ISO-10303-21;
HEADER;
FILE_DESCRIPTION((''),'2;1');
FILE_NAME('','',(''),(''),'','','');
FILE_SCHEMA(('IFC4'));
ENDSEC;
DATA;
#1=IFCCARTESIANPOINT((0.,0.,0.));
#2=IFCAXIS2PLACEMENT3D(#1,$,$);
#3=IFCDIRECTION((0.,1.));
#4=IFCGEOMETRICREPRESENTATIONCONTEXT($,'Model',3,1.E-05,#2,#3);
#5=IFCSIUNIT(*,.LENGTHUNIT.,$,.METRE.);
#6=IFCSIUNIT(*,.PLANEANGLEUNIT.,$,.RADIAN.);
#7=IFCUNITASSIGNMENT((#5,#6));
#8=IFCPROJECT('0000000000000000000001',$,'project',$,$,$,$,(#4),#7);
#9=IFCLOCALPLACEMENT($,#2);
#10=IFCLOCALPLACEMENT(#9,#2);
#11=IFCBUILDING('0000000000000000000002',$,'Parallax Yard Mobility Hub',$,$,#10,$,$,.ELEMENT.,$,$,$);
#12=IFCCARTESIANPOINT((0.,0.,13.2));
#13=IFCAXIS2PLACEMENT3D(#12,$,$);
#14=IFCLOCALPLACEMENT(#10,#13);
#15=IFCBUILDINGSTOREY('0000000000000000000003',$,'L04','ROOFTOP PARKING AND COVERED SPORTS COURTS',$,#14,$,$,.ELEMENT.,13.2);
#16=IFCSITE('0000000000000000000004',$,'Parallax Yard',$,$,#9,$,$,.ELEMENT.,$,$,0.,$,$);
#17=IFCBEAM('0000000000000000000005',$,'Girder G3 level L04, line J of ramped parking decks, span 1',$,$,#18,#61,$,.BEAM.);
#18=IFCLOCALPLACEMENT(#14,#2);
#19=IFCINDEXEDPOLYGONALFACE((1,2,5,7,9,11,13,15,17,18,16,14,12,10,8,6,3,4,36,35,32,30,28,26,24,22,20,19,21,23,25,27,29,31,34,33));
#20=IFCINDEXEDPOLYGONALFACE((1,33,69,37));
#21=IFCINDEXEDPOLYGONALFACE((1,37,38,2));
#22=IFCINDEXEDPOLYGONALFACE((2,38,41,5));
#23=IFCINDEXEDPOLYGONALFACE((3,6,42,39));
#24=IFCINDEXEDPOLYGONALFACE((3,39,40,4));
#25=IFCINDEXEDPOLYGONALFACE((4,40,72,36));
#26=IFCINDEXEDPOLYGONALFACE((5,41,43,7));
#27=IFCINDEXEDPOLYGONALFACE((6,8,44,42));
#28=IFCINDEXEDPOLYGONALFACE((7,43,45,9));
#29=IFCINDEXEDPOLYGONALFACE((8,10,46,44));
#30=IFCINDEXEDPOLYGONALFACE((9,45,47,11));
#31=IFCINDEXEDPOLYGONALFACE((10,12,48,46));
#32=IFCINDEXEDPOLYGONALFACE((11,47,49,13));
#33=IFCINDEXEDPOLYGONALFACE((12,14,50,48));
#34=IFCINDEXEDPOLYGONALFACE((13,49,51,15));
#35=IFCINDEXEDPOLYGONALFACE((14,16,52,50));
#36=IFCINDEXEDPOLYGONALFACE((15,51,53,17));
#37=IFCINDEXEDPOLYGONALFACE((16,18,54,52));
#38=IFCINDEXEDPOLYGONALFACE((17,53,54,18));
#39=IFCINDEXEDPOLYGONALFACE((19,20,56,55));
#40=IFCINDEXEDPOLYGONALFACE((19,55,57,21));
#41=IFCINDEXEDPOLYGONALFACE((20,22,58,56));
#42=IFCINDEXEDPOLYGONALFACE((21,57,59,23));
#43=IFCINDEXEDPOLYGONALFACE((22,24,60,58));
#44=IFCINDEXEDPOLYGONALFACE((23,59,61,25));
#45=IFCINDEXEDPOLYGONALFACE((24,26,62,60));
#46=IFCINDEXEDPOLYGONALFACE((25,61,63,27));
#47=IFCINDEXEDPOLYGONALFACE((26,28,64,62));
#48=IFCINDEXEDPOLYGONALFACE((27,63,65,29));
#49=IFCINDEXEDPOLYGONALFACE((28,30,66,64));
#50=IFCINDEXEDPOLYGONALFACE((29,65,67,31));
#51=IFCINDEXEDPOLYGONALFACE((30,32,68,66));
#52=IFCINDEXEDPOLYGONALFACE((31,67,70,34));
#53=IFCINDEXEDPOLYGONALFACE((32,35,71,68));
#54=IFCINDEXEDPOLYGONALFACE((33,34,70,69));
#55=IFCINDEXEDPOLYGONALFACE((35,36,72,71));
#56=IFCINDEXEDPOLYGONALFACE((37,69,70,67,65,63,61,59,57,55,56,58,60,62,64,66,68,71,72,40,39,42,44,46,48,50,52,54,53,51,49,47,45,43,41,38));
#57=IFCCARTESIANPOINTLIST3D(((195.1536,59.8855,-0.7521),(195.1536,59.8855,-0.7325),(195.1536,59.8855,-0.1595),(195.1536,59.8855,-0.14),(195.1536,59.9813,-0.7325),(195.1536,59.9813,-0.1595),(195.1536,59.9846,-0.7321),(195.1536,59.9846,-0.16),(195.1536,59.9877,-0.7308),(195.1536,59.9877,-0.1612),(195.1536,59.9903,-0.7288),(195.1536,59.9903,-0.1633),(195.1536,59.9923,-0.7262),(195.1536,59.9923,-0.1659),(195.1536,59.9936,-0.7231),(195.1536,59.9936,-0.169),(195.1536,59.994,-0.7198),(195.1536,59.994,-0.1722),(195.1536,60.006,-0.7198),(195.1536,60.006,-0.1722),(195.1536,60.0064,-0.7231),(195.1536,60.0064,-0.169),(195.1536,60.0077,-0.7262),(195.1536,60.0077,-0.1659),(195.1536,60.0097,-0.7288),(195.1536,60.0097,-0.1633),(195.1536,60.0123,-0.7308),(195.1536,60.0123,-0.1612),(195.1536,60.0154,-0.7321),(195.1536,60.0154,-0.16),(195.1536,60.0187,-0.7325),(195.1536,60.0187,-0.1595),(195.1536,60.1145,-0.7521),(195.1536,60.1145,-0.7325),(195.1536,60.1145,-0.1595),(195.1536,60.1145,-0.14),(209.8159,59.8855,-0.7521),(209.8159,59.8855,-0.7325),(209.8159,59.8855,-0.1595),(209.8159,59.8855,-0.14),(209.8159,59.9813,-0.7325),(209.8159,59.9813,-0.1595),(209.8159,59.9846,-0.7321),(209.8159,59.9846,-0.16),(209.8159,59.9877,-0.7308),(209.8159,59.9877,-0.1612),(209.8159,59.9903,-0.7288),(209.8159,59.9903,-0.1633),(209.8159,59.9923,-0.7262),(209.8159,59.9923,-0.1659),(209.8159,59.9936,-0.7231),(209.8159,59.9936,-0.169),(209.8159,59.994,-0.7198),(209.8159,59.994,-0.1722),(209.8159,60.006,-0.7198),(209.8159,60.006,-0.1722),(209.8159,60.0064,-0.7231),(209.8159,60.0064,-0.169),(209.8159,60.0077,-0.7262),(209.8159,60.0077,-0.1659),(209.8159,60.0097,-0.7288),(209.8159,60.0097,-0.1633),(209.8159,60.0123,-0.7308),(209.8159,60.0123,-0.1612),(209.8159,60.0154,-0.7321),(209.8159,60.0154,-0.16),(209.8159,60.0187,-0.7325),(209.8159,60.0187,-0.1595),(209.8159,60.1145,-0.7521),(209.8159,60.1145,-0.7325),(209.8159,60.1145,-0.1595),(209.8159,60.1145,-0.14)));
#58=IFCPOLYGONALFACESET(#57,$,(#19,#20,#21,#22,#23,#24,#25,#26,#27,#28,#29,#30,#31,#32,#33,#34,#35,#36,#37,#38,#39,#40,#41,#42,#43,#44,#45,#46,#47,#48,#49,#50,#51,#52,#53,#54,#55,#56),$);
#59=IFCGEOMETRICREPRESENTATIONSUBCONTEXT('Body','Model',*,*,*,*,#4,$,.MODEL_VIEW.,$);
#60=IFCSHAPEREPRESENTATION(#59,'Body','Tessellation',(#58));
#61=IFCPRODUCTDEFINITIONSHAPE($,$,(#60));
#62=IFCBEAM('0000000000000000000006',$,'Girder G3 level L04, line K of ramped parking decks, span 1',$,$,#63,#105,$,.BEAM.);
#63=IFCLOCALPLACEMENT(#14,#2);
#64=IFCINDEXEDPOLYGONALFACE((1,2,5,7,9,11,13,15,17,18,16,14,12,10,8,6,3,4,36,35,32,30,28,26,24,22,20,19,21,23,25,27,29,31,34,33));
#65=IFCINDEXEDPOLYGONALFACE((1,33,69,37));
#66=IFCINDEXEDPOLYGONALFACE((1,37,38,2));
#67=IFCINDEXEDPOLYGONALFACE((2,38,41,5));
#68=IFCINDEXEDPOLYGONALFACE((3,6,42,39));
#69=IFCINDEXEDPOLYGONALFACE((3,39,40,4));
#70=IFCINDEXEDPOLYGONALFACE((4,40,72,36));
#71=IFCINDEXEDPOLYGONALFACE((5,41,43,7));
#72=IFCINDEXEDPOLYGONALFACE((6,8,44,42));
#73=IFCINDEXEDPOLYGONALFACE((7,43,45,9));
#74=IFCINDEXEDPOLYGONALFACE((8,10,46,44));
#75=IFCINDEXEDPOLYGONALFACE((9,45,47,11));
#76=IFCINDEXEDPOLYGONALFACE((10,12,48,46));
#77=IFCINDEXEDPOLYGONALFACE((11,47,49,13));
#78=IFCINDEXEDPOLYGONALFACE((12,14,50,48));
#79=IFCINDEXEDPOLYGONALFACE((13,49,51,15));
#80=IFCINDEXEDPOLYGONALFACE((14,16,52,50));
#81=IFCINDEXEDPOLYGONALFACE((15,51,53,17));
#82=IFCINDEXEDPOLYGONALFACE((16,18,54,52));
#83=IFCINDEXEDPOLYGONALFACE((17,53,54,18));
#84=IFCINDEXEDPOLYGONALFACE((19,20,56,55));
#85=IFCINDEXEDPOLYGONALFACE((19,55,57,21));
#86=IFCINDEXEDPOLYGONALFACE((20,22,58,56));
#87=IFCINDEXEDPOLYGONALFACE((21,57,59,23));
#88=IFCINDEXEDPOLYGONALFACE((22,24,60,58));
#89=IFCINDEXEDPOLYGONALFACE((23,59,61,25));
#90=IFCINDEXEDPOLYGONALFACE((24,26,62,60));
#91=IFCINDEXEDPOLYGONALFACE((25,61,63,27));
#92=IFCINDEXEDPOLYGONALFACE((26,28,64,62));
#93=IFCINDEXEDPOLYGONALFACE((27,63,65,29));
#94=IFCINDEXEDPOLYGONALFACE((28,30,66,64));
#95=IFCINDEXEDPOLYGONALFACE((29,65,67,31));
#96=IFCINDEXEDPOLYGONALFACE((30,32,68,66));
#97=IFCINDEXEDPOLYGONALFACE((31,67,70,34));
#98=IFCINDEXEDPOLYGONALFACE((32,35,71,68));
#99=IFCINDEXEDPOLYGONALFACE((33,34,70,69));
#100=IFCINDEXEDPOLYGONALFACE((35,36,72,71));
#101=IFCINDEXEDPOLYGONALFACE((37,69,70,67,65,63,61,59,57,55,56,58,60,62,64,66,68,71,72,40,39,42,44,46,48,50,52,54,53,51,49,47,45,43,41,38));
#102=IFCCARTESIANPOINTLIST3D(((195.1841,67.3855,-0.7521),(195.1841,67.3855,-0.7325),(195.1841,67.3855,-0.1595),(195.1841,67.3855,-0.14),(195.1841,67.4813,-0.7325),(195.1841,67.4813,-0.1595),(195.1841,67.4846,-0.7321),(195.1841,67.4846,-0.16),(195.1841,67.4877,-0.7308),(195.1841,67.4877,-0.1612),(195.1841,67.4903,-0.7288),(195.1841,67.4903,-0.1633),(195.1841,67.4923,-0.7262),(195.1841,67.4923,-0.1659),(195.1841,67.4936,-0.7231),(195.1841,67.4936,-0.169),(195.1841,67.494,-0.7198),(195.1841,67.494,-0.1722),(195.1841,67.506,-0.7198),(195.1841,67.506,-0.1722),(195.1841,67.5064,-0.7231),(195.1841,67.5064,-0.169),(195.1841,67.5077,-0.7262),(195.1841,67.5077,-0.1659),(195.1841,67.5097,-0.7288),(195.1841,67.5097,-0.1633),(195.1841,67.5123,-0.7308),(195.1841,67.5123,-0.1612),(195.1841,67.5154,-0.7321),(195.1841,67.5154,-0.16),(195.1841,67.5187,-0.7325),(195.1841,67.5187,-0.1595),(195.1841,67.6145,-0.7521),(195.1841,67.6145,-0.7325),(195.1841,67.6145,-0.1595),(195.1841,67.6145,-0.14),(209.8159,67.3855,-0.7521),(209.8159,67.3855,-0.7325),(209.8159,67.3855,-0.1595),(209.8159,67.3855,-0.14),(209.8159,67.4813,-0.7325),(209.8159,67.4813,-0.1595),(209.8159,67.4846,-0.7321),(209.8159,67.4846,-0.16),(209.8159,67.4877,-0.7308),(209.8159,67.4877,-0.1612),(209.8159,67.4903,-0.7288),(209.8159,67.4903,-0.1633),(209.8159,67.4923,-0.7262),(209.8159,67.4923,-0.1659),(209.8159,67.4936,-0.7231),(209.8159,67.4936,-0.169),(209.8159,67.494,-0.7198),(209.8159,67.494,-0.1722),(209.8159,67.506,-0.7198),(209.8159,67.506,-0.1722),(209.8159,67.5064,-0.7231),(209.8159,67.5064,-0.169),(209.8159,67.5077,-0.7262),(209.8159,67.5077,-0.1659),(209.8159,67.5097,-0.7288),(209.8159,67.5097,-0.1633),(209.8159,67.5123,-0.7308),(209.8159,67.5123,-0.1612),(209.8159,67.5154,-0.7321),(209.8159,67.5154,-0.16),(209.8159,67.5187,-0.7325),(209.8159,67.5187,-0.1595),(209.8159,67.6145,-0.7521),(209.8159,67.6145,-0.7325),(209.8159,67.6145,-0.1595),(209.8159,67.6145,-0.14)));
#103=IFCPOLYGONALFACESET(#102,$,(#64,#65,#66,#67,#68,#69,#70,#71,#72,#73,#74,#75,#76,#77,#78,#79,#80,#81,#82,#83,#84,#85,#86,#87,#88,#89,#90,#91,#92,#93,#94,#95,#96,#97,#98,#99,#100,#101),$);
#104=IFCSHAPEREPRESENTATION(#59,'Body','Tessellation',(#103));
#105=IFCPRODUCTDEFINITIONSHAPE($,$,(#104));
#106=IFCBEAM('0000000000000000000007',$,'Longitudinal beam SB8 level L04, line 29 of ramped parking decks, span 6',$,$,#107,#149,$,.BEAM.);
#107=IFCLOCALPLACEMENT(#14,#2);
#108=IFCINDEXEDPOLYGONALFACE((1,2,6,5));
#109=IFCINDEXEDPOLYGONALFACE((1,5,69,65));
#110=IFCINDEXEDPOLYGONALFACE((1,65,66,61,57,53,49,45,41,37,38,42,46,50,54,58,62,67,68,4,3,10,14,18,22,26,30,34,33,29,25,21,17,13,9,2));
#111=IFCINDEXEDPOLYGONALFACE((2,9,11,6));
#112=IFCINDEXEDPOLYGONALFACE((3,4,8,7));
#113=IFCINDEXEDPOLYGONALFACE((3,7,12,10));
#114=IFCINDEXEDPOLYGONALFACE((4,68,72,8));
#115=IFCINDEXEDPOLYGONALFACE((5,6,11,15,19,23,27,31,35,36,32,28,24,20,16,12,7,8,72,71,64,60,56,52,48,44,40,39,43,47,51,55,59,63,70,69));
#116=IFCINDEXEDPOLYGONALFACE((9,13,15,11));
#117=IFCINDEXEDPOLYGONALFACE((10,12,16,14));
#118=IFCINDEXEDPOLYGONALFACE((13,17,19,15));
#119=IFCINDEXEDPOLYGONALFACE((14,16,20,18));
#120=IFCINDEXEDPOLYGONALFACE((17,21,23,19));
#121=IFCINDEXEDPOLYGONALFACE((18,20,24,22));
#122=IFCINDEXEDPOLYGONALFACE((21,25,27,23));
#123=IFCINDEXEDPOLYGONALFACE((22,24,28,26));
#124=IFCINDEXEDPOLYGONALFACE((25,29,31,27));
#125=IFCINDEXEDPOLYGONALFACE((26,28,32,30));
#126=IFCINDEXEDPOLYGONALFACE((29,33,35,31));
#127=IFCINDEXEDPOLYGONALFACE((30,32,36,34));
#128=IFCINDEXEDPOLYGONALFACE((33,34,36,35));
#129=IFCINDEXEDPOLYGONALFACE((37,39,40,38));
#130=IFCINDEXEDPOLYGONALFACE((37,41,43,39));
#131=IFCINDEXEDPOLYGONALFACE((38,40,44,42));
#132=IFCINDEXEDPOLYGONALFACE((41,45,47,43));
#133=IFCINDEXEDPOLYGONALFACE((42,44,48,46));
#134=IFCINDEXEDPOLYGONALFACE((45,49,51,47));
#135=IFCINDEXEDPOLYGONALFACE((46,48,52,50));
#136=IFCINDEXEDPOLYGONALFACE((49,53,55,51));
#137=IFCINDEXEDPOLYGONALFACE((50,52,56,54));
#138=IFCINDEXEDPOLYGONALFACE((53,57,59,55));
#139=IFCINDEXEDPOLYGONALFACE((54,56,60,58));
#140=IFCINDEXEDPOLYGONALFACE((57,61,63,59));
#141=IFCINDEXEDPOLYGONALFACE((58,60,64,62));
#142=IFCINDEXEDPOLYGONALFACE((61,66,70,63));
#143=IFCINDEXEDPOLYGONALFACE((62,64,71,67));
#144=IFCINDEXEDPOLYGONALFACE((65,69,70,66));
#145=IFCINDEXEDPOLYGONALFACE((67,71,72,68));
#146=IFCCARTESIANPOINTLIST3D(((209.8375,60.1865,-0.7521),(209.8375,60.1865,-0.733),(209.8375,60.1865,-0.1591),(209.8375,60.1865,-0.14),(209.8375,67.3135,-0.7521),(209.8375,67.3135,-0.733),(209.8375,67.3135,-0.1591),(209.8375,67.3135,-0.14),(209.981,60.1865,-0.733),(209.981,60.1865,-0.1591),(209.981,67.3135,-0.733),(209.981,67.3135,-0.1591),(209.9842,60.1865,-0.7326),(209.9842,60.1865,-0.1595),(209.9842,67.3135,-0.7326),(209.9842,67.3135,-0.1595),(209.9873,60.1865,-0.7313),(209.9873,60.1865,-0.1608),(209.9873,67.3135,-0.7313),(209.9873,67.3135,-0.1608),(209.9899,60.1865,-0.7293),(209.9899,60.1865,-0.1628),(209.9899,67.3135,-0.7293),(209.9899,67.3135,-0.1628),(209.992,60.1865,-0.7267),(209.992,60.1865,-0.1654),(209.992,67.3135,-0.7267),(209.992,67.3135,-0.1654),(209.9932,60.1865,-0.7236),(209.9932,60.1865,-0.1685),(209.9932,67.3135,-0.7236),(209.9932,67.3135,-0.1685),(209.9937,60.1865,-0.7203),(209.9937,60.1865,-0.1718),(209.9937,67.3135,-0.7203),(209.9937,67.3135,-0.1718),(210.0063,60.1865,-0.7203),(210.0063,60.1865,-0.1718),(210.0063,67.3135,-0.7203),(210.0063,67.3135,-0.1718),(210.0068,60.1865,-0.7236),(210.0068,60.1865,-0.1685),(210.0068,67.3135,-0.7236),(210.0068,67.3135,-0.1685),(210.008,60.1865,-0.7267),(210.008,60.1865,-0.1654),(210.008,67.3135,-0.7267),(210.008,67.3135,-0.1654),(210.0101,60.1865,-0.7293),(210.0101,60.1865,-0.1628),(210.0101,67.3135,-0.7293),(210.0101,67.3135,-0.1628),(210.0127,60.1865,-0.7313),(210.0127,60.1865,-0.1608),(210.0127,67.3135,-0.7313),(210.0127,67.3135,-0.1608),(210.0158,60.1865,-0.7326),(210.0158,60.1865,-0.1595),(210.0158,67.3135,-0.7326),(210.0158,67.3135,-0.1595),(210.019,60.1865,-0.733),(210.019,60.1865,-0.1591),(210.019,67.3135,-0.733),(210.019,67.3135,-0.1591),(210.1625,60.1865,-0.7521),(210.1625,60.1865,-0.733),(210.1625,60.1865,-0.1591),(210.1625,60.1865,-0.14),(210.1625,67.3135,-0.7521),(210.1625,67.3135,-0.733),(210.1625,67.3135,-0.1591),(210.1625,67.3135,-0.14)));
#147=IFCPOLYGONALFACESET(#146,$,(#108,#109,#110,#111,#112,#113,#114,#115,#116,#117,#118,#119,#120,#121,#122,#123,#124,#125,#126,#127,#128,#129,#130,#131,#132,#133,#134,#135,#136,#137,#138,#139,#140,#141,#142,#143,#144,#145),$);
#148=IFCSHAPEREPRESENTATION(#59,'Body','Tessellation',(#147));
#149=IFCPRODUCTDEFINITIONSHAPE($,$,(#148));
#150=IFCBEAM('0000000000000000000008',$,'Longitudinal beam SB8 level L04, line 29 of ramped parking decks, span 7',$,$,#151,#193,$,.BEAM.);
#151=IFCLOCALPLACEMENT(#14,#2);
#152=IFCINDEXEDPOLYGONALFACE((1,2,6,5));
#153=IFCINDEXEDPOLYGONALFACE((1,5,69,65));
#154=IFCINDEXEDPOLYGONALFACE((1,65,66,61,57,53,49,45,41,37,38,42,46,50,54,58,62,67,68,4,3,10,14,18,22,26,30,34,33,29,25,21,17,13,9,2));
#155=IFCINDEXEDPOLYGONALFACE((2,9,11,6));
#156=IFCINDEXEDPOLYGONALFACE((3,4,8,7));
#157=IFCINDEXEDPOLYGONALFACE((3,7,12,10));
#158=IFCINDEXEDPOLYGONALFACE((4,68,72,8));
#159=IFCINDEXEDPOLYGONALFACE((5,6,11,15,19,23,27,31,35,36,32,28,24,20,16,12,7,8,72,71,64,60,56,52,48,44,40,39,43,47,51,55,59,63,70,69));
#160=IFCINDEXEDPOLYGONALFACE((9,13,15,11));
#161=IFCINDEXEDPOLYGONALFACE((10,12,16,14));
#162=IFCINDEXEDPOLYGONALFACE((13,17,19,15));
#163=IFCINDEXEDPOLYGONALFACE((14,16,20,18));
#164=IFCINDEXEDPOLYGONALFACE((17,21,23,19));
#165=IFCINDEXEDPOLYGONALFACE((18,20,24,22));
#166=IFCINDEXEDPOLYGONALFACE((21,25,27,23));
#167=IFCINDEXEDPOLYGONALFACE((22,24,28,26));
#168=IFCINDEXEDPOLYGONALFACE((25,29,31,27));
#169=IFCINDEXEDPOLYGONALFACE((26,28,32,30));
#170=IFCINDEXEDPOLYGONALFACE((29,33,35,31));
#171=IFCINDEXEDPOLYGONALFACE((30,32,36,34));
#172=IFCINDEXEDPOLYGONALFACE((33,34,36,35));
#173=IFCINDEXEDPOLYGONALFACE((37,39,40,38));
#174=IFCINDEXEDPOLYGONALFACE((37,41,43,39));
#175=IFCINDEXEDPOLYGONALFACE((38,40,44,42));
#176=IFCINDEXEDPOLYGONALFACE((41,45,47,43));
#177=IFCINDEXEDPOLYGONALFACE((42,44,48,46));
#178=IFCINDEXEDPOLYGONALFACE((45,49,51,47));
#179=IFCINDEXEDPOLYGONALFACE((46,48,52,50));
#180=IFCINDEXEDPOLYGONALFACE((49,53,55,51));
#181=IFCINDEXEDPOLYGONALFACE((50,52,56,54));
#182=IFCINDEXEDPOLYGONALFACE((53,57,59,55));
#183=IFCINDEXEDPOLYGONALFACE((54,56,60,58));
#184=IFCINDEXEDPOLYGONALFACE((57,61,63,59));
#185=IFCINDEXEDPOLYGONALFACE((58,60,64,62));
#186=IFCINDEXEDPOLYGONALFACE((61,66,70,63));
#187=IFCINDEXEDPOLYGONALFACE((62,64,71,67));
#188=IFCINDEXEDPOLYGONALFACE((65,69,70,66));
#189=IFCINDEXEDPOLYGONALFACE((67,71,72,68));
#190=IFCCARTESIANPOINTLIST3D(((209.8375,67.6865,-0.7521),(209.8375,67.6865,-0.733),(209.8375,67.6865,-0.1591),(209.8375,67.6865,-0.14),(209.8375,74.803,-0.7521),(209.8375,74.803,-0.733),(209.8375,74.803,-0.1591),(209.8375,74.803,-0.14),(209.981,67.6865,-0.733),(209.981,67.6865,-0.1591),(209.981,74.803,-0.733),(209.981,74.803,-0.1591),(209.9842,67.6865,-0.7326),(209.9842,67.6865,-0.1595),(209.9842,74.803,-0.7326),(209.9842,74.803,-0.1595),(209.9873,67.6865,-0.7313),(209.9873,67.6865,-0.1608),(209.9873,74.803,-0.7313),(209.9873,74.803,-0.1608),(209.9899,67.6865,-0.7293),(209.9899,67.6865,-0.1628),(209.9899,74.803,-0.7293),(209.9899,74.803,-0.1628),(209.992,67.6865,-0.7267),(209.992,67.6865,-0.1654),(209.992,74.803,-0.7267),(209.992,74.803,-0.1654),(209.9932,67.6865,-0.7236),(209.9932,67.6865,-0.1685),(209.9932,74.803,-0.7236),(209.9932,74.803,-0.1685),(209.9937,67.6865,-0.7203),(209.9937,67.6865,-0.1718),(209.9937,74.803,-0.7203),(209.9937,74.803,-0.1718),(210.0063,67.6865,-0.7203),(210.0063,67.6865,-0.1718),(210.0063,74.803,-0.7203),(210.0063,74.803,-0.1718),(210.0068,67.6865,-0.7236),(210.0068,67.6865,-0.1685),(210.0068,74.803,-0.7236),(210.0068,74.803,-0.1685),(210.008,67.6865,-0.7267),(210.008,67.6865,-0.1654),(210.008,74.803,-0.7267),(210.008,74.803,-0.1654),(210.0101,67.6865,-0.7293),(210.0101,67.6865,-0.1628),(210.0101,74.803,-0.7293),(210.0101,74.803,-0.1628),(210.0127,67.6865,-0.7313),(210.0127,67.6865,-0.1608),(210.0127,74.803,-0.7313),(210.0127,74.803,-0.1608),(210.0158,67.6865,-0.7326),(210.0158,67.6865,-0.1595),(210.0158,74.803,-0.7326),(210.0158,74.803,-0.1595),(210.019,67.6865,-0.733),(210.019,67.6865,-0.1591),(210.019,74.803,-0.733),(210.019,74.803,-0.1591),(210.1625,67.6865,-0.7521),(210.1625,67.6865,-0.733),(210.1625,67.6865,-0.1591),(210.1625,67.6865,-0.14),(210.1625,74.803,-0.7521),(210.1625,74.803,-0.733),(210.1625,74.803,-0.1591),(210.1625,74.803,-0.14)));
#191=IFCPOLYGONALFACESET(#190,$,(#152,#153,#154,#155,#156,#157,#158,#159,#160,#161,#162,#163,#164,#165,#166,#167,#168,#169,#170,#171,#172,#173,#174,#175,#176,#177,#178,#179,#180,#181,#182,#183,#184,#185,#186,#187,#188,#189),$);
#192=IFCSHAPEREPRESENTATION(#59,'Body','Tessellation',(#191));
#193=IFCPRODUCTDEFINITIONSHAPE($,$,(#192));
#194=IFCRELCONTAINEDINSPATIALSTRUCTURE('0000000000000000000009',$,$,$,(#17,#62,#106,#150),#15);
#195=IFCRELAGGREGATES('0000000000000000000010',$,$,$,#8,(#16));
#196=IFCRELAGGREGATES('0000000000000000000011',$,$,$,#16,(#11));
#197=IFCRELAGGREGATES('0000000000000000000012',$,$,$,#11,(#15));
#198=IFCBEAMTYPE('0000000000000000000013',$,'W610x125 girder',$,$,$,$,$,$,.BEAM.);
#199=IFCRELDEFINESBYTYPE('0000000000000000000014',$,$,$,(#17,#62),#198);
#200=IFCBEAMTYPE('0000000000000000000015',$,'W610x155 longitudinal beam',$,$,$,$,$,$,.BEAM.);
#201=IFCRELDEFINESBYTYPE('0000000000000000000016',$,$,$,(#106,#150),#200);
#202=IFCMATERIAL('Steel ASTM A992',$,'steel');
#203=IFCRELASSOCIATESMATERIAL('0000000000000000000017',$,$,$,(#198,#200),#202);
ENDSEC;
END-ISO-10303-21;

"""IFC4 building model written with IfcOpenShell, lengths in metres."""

from ifc_helpers import new_model, si_unit, direction, frame, origin, origin_2d, place, context, subcontext, project, spatial, i_section, extrude, material, material_profile, profile_set, type_object, element, save


model = new_model("IFC4")

# Units and contexts
model_context = context("Model", 3, precision=1e-05, world=origin(), true_north=direction((0.0, 1.0)))
body_context = subcontext(model_context, "Body", "Model", "MODEL_VIEW")
ifc_project = project(units=[si_unit("LENGTHUNIT", "METRE"), si_unit("PLANEANGLEUNIT", "RADIAN")], contexts=[model_context])

# Site, building, storey
site_placement = place(None, origin())
site = spatial("IfcSite", under=ifc_project, at=site_placement, Name="Parallax Yard", CompositionType="ELEMENT", RefElevation=0.0)
building_placement = place(site_placement, origin())
building = spatial("IfcBuilding", under=site, at=building_placement, Name="Parallax Yard Mobility Hub", CompositionType="ELEMENT")
storey_placement = place(building_placement, frame((0.0, 0.0, 13.2)))
storey = spatial("IfcBuildingStorey", under=building, at=storey_placement, Name="L04", Description="ROOFTOP PARKING AND COVERED SPORTS COURTS", CompositionType="ELEMENT", Elevation=13.2)

# Shared definitions
ifc_material_1 = material(Name="Steel ASTM A992", Category="steel")

# Beams
ifc_material_profile_1 = material_profile(ifc_material_1, i_section(OverallWidth=0.229, OverallDepth=0.6121, WebThickness=0.012, FlangeThickness=0.0195, FilletRadius=0.0127, at=origin_2d()), Name="W610x125")
ifc_profile_set_1 = profile_set([ifc_material_profile_1], Name="Steel ASTM A992")
beam_type_1 = type_object("IfcBeamType", Name="W610x125 girder", PredefinedType="BEAM", material=ifc_profile_set_1)
beam_1_placement = place(storey_placement, frame((195.1536, 60.0, -0.446), z_axis=(1.0, 0.0, 0.0), x_axis=(0.0, 1.0, 0.0)))
element("IfcBeam", 1, at=beam_1_placement, inside=storey, type_object=beam_type_1, Name="Girder G3 level L04, line J of ramped parking decks, span 1", PredefinedType="BEAM", context=body_context, shape_type="SweptSolid", body=[
    extrude(i_section(OverallWidth=0.229, OverallDepth=0.6121, WebThickness=0.012, FlangeThickness=0.0195, FilletRadius=0.0127, at=origin_2d()), origin(), (0.0, 0.0, 1.0), 14.6624),
])
beam_2_placement = place(storey_placement, frame((195.1841, 67.5, -0.446), z_axis=(1.0, 0.0, 0.0), x_axis=(0.0, 1.0, 0.0)))
element("IfcBeam", 2, at=beam_2_placement, inside=storey, type_object=beam_type_1, Name="Girder G3 level L04, line K of ramped parking decks, span 1", PredefinedType="BEAM", context=body_context, shape_type="SweptSolid", body=[
    extrude(i_section(OverallWidth=0.229, OverallDepth=0.6121, WebThickness=0.012, FlangeThickness=0.0195, FilletRadius=0.0127, at=origin_2d()), origin(), (0.0, 0.0, 1.0), 14.6318),
])
ifc_material_profile_2 = material_profile(ifc_material_1, i_section(OverallWidth=0.325, OverallDepth=0.6121, WebThickness=0.0127, FlangeThickness=0.019, FilletRadius=0.0127, at=origin_2d()), Name="W610x155")
ifc_profile_set_2 = profile_set([ifc_material_profile_2], Name="Steel ASTM A992")
beam_type_2 = type_object("IfcBeamType", Name="W610x155 longitudinal beam", PredefinedType="BEAM", material=ifc_profile_set_2)
beam_3_placement = place(storey_placement, frame((210.0, 60.1865, -0.446), z_axis=(0.0, 1.0, 0.0), x_axis=(-1.0, 0.0, 0.0)))
element("IfcBeam", 3, at=beam_3_placement, inside=storey, type_object=beam_type_2, Name="Longitudinal beam SB8 level L04, line 29 of ramped parking decks, span 6", PredefinedType="BEAM", context=body_context, shape_type="SweptSolid", body=[
    extrude(i_section(OverallWidth=0.325, OverallDepth=0.6121, WebThickness=0.0127, FlangeThickness=0.019, FilletRadius=0.0127, at=origin_2d()), origin(), (0.0, 0.0, 1.0), 7.127),
])
beam_4_placement = place(storey_placement, frame((210.0, 67.6865, -0.446), z_axis=(0.0, 1.0, 0.0), x_axis=(-1.0, 0.0, 0.0)))
element("IfcBeam", 4, at=beam_4_placement, inside=storey, type_object=beam_type_2, Name="Longitudinal beam SB8 level L04, line 29 of ramped parking decks, span 7", PredefinedType="BEAM", context=body_context, shape_type="SweptSolid", body=[
    extrude(i_section(OverallWidth=0.325, OverallDepth=0.6121, WebThickness=0.0127, FlangeThickness=0.019, FilletRadius=0.0127, at=origin_2d()), origin(), (0.0, 0.0, 1.0), 7.1165),
])

save(model, "model.ifc")
